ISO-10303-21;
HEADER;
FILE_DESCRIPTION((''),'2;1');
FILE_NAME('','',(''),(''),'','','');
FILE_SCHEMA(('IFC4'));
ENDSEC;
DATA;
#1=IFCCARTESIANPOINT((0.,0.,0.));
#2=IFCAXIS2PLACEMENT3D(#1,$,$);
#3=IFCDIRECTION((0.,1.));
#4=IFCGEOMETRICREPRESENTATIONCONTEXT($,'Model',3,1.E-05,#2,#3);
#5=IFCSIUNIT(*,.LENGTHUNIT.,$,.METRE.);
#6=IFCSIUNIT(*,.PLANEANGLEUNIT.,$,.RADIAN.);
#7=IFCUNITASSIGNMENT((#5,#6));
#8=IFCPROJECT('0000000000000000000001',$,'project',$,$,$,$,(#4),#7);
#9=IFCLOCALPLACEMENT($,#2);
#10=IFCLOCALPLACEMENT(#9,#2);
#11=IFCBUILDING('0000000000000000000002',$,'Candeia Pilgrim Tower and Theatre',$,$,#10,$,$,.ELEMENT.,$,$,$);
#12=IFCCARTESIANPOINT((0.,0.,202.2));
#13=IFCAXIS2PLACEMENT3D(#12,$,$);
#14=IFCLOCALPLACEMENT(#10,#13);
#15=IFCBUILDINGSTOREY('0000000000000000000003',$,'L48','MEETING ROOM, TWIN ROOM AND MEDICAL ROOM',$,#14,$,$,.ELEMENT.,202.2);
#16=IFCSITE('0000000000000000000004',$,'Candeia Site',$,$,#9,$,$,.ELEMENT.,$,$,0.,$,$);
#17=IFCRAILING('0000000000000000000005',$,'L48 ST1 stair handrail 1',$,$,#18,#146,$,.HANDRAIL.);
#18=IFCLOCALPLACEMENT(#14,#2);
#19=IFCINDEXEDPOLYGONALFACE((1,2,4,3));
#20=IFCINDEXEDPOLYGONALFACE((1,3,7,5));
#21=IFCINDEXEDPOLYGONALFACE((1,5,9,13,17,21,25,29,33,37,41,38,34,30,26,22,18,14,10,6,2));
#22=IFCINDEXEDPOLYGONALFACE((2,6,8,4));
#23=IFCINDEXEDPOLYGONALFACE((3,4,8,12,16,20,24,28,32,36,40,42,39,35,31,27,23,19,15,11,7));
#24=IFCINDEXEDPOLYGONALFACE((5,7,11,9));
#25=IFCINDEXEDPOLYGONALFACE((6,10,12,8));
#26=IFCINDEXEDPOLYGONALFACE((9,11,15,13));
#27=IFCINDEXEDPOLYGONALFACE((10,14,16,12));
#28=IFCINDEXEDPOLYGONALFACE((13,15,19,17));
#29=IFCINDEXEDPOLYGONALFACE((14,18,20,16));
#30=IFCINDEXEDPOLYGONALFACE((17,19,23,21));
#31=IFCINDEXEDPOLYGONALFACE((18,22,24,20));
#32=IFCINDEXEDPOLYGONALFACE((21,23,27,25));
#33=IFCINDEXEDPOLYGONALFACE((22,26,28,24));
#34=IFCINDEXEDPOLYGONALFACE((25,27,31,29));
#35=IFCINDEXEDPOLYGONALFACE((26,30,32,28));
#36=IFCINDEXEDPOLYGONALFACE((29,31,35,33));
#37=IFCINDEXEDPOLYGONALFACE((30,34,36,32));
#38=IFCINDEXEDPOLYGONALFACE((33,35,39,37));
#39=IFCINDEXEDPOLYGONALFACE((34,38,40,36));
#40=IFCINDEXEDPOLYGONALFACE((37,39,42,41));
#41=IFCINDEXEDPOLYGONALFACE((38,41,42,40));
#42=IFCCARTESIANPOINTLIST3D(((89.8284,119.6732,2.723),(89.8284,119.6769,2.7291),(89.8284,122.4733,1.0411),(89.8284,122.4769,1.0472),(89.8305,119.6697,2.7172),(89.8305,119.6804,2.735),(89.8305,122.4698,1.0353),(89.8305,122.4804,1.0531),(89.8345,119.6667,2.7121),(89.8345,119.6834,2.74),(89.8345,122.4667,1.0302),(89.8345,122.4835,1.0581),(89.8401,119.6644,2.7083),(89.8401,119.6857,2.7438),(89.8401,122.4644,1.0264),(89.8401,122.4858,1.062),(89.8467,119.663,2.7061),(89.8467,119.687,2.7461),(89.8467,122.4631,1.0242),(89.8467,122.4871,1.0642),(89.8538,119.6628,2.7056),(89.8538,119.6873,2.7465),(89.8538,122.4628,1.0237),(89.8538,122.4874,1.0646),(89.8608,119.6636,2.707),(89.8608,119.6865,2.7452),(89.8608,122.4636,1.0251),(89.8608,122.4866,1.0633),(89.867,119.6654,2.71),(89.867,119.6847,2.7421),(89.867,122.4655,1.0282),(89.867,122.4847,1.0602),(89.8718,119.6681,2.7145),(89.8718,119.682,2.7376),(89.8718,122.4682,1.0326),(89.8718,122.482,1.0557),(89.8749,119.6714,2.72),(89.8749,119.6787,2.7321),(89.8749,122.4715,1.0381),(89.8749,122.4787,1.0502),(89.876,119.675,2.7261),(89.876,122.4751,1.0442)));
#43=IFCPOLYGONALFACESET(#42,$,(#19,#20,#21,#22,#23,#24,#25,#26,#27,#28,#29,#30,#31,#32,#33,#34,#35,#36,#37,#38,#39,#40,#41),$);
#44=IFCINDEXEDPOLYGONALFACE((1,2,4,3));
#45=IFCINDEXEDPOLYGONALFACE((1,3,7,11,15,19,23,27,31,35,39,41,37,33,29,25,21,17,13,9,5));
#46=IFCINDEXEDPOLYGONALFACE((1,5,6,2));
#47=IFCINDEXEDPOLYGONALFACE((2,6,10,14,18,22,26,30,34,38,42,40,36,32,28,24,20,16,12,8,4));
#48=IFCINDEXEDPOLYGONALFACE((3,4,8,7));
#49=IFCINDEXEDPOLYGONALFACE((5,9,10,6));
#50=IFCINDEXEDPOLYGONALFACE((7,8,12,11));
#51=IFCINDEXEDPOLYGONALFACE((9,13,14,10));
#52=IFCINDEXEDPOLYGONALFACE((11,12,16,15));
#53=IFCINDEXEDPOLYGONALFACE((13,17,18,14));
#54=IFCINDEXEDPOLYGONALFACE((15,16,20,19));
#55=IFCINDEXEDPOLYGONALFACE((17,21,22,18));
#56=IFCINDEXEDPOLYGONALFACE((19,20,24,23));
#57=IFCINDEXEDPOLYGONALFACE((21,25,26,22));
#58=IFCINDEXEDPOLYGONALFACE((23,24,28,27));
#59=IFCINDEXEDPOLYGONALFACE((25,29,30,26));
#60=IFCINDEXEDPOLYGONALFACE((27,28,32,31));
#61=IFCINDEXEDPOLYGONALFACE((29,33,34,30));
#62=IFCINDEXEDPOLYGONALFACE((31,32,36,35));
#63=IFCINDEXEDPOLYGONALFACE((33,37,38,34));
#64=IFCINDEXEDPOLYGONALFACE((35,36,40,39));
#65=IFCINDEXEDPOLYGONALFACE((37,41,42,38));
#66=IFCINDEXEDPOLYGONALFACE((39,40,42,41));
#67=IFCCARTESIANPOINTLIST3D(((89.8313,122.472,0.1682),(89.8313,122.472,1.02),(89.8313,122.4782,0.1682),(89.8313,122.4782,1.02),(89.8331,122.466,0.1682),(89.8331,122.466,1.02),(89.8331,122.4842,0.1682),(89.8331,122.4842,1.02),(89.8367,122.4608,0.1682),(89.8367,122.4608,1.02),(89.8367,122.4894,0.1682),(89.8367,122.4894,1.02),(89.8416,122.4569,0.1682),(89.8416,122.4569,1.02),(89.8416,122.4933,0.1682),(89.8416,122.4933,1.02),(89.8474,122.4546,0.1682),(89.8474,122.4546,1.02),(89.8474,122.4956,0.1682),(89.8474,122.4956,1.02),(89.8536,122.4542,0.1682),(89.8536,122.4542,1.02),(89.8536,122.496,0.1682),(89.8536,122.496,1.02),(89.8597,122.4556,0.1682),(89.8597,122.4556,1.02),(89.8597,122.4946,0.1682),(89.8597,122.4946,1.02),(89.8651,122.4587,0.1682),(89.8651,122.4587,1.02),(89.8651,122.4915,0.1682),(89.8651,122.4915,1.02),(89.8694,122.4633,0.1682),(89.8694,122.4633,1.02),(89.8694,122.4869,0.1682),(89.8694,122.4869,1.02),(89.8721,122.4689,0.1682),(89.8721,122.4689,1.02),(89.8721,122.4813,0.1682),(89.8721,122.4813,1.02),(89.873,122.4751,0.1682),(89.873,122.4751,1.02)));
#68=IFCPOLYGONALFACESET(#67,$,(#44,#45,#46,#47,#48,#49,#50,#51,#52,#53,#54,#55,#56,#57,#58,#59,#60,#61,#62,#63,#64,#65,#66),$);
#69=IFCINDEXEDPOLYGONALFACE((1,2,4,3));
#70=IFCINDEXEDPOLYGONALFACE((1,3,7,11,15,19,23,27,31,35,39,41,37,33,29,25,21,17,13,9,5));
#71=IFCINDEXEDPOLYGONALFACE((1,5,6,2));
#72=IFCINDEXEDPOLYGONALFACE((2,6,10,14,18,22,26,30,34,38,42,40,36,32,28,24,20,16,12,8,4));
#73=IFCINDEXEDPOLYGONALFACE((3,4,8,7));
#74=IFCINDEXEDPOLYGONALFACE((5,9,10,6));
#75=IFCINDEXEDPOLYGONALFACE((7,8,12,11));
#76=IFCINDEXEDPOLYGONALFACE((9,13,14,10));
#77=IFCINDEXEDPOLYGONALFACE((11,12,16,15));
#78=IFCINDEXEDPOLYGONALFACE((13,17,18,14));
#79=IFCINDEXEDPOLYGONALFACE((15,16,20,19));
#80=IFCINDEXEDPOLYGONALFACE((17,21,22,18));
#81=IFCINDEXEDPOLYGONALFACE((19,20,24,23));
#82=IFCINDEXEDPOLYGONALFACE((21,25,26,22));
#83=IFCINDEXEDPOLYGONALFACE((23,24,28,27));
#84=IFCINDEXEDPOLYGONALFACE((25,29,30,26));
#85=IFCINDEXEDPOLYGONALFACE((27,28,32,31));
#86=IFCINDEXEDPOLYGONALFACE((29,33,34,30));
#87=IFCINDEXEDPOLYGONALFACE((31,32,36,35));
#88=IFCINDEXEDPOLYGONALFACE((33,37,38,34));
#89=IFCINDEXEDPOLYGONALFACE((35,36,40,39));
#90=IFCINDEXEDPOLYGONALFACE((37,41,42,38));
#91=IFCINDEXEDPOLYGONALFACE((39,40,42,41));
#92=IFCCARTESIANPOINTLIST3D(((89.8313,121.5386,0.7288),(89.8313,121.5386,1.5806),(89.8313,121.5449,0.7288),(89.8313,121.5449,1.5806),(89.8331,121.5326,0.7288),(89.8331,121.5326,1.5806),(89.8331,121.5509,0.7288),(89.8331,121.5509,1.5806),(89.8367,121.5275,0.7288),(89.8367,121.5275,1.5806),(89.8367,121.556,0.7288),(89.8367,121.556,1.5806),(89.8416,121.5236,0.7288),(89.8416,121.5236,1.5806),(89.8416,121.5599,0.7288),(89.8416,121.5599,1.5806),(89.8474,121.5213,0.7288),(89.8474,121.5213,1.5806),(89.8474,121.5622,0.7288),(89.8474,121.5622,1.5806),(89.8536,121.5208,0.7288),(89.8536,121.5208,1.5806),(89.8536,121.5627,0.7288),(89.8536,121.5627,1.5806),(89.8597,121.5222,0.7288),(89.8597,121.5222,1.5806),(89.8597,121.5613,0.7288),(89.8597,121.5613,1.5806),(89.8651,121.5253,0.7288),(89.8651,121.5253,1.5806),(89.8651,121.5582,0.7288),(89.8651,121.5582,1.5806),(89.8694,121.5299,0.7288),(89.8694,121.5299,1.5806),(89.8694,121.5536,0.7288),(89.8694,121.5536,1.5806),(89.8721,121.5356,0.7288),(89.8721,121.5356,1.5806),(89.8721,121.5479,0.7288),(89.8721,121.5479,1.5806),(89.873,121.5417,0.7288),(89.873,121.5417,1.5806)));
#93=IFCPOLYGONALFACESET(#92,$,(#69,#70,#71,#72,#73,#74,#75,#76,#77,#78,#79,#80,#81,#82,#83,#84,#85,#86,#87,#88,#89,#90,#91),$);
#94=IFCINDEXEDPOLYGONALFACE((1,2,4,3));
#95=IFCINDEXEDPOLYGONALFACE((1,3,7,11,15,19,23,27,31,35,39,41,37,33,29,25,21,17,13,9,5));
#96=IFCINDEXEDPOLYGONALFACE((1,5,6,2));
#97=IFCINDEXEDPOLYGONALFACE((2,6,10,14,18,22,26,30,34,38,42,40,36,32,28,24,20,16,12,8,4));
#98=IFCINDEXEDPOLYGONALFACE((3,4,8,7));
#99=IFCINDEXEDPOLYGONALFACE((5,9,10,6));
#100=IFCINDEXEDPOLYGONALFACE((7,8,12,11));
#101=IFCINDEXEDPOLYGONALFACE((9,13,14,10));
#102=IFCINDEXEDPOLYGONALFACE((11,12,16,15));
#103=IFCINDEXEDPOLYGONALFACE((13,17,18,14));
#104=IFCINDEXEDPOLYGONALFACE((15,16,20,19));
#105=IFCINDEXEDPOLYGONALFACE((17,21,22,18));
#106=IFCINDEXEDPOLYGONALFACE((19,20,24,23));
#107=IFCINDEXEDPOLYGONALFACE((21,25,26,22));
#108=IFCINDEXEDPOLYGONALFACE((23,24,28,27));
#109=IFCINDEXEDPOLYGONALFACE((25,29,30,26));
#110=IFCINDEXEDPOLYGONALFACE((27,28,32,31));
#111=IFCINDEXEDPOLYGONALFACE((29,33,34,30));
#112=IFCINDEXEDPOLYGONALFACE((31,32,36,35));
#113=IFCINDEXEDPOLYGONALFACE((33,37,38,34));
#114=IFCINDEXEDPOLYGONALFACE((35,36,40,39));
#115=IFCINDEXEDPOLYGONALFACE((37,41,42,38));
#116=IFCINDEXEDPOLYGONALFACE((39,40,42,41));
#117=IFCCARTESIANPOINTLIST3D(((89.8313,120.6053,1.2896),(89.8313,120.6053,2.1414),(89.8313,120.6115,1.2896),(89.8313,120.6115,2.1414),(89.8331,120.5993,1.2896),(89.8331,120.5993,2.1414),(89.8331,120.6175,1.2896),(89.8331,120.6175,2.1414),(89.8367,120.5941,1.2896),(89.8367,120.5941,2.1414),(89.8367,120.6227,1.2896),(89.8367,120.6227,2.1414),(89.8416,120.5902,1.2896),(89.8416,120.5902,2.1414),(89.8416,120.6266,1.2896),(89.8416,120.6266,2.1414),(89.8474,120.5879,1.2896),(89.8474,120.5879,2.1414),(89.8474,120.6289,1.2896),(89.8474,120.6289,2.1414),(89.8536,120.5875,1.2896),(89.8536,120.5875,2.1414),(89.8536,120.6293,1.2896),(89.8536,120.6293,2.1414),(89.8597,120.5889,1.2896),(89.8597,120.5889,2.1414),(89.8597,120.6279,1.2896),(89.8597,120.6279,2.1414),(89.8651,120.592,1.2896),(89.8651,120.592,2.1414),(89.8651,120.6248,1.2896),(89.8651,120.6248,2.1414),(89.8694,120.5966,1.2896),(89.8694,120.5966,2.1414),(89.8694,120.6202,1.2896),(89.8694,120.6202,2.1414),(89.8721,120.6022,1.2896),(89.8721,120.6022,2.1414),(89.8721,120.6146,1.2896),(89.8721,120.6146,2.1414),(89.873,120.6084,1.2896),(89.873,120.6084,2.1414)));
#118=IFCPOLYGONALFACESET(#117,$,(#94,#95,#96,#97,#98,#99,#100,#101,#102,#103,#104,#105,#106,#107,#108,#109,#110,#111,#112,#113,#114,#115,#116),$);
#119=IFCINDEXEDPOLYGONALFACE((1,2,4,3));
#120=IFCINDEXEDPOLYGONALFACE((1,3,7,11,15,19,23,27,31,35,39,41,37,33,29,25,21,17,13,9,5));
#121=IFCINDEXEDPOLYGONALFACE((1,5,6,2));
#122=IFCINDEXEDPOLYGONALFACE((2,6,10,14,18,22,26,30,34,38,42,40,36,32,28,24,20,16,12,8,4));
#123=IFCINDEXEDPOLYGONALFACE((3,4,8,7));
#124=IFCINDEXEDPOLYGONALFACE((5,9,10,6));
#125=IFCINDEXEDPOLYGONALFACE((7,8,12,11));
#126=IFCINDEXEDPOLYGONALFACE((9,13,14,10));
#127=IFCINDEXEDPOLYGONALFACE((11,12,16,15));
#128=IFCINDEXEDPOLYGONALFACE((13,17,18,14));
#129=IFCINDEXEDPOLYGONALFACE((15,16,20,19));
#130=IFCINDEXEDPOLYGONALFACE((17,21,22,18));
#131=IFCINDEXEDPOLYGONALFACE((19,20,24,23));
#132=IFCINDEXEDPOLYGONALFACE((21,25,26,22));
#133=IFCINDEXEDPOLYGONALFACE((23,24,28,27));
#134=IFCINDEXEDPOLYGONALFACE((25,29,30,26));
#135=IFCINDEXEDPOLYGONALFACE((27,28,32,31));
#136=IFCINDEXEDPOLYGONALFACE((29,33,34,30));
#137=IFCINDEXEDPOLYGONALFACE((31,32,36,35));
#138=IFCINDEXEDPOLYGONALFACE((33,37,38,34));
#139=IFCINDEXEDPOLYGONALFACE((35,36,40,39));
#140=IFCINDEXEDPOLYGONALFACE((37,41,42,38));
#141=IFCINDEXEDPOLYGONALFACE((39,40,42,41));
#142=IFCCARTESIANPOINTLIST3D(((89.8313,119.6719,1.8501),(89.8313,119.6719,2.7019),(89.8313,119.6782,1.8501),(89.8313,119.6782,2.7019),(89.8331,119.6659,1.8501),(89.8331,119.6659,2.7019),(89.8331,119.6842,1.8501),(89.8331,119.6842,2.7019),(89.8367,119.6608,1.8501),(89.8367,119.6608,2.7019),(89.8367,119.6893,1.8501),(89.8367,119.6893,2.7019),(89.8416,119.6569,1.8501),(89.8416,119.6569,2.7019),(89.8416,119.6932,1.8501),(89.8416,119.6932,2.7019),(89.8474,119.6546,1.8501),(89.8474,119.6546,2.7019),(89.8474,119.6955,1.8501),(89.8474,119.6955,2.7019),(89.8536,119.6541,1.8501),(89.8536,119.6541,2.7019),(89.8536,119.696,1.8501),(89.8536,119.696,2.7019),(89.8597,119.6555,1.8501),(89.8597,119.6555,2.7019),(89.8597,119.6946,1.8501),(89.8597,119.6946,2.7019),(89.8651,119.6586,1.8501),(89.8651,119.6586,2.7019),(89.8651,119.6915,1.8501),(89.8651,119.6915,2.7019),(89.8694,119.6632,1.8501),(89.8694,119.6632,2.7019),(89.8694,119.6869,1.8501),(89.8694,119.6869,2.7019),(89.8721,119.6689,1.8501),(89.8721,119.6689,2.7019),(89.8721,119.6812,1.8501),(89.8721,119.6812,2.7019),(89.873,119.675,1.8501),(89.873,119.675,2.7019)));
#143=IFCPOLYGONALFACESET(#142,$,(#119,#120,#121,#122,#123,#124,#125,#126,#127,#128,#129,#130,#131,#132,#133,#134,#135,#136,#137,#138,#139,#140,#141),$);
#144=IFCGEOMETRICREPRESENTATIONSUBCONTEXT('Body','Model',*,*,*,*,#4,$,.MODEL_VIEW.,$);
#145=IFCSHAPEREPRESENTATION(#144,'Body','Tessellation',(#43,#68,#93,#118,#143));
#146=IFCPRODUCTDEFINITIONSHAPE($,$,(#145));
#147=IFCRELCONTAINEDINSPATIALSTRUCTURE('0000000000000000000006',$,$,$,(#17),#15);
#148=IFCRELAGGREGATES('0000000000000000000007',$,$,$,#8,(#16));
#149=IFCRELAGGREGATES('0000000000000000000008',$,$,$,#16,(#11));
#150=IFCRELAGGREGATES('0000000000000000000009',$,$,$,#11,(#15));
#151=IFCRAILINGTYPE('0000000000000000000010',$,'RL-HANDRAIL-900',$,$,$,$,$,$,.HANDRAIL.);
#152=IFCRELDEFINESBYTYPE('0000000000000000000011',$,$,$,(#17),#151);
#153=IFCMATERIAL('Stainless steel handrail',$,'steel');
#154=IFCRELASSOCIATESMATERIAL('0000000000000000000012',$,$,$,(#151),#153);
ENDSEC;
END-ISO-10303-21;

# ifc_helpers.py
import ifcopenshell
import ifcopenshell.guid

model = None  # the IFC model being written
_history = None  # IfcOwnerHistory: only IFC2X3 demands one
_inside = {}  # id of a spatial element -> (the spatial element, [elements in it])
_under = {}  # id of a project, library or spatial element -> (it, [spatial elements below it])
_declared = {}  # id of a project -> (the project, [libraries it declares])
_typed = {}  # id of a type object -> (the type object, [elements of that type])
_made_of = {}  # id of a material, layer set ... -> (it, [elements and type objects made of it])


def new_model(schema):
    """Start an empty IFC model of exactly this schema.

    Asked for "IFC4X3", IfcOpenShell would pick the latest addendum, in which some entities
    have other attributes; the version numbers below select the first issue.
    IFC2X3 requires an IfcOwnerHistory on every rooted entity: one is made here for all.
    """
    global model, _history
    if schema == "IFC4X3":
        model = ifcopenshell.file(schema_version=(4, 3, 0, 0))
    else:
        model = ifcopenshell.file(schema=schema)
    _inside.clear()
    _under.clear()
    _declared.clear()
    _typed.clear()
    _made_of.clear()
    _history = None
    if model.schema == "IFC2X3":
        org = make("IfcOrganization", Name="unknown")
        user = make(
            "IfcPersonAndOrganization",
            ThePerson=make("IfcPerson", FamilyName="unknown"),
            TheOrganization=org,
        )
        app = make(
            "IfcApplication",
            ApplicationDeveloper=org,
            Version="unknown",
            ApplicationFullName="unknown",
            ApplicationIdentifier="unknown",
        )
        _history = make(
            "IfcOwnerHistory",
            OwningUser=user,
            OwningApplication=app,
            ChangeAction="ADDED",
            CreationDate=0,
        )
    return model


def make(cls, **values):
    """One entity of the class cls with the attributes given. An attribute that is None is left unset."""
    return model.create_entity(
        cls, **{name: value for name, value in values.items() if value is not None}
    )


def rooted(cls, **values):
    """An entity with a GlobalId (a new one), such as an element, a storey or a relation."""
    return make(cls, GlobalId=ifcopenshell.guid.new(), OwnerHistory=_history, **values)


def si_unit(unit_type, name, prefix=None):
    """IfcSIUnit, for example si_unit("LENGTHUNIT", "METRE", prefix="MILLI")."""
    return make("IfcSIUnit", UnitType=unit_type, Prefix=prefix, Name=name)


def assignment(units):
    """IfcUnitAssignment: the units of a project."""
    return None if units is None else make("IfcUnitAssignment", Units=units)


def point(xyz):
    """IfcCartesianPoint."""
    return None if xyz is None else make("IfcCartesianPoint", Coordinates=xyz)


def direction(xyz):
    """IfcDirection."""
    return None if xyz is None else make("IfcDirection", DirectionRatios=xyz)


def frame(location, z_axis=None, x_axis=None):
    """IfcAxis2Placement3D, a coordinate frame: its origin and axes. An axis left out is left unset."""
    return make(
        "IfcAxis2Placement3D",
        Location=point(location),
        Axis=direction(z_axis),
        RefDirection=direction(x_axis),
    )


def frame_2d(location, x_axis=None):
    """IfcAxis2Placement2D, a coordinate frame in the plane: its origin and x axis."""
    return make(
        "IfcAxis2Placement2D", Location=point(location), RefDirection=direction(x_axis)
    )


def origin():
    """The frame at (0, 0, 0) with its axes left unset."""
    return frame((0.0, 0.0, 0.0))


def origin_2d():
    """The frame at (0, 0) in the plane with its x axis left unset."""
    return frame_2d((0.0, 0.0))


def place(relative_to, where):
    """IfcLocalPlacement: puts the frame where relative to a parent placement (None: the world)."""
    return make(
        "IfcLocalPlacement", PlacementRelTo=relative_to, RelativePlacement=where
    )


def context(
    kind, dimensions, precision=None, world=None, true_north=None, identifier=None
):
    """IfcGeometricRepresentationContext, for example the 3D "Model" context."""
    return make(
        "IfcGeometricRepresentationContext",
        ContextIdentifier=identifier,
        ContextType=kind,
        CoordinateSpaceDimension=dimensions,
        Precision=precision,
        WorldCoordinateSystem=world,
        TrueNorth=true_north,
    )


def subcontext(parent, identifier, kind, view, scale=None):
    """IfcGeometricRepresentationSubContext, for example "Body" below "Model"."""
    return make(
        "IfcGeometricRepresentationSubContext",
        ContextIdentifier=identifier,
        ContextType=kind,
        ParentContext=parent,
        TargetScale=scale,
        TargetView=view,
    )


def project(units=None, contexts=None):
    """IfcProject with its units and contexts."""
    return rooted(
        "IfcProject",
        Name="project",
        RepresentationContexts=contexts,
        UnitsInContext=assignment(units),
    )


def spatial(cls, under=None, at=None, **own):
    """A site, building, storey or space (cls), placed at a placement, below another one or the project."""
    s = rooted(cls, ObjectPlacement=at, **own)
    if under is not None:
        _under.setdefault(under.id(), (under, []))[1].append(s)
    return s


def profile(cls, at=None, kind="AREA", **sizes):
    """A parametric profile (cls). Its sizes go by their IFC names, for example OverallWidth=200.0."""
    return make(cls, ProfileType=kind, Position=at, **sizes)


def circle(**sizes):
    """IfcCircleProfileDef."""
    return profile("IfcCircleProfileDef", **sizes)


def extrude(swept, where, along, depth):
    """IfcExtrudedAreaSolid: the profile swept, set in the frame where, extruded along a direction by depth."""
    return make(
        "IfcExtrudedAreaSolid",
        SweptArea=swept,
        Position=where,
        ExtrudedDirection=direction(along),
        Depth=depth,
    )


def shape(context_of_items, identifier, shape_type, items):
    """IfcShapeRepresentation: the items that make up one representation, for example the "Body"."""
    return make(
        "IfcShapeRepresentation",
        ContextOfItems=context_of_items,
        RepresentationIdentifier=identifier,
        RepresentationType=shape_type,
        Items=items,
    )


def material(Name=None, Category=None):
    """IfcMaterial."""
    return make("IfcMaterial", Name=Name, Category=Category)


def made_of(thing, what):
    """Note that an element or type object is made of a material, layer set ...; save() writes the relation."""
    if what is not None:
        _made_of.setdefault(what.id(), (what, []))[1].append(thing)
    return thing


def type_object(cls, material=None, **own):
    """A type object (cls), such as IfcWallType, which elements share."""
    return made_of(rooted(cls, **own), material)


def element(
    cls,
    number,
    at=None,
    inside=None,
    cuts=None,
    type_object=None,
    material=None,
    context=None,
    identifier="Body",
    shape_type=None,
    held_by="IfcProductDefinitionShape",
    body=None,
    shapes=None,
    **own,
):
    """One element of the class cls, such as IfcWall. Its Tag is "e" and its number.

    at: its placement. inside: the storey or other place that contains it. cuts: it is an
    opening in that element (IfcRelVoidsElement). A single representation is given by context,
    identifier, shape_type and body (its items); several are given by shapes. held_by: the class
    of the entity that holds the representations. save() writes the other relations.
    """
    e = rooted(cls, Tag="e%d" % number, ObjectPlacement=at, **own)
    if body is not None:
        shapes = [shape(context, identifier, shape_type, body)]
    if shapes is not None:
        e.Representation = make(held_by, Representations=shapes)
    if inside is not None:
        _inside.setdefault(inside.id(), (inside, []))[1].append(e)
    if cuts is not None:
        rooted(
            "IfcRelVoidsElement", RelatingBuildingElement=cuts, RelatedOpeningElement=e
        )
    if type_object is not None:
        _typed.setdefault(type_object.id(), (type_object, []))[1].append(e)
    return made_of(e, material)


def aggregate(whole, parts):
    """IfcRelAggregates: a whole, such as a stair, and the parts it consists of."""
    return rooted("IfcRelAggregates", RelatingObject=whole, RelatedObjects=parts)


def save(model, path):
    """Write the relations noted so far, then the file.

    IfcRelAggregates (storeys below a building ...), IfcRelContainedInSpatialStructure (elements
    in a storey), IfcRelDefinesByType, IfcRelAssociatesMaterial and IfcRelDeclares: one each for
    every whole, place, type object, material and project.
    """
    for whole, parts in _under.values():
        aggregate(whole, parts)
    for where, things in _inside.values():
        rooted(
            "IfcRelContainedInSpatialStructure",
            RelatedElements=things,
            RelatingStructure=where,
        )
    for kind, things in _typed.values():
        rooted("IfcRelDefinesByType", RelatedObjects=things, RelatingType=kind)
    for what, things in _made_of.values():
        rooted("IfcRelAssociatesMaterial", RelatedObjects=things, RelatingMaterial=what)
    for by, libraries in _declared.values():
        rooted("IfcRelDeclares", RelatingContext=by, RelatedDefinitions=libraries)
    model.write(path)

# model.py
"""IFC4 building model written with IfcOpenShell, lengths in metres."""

from ifc_helpers import new_model, si_unit, direction, frame, origin, origin_2d, place, context, subcontext, project, spatial, circle, extrude, material, type_object, element, save


model = new_model("IFC4")

# Units and contexts
model_context = context("Model", 3, precision=1e-05, world=origin(), true_north=direction((0.0, 1.0)))
body_context = subcontext(model_context, "Body", "Model", "MODEL_VIEW")
ifc_project = project(units=[si_unit("LENGTHUNIT", "METRE"), si_unit("PLANEANGLEUNIT", "RADIAN")], contexts=[model_context])

# Site, building, storey
site_placement = place(None, origin())
site = spatial("IfcSite", under=ifc_project, at=site_placement, Name="Candeia Site", CompositionType="ELEMENT", RefElevation=0.0)
building_placement = place(site_placement, origin())
building = spatial("IfcBuilding", under=site, at=building_placement, Name="Candeia Pilgrim Tower and Theatre", CompositionType="ELEMENT")
storey_placement = place(building_placement, frame((0.0, 0.0, 202.2)))
storey = spatial("IfcBuildingStorey", under=building, at=storey_placement, Name="L48", Description="MEETING ROOM, TWIN ROOM AND MEDICAL ROOM", CompositionType="ELEMENT", Elevation=202.2)

# Railing
ifc_material_1 = material(Name="Stainless steel handrail", Category="steel")
railing_type_1 = type_object("IfcRailingType", Name="RL-HANDRAIL-900", PredefinedType="HANDRAIL", material=ifc_material_1)
for number, where, name in (
    (1, (89.8521, 122.4751, 0.1682), "L48 ST1 stair handrail 1"),
):
    element("IfcRailing", number, at=place(storey_placement, frame(where)), inside=storey, type_object=railing_type_1, Name=name, PredefinedType="HANDRAIL", context=body_context, shape_type="SweptSolid", body=[
        extrude(circle(Radius=0.0239, at=origin_2d()), frame((0.0, 0.0, 0.876), z_axis=(0.0, -0.857242, 0.514913), x_axis=(1.0, 0.0, 0.0)), (0.0, 0.0, 1.0), 3.2664),
        extrude(circle(Radius=0.021, at=origin_2d()), origin(), (0.0, 0.0, 1.0), 0.8518),
        extrude(circle(Radius=0.021, at=origin_2d()), frame((0.0, -0.9333, 0.5605)), (0.0, 0.0, 1.0), 0.8518),
        extrude(circle(Radius=0.021, at=origin_2d()), frame((0.0, -1.8667, 1.1213)), (0.0, 0.0, 1.0), 0.8518),
        extrude(circle(Radius=0.021, at=origin_2d()), frame((0.0, -2.8, 1.6819)), (0.0, 0.0, 1.0), 0.8518),
    ])

save(model, "model.ifc")
